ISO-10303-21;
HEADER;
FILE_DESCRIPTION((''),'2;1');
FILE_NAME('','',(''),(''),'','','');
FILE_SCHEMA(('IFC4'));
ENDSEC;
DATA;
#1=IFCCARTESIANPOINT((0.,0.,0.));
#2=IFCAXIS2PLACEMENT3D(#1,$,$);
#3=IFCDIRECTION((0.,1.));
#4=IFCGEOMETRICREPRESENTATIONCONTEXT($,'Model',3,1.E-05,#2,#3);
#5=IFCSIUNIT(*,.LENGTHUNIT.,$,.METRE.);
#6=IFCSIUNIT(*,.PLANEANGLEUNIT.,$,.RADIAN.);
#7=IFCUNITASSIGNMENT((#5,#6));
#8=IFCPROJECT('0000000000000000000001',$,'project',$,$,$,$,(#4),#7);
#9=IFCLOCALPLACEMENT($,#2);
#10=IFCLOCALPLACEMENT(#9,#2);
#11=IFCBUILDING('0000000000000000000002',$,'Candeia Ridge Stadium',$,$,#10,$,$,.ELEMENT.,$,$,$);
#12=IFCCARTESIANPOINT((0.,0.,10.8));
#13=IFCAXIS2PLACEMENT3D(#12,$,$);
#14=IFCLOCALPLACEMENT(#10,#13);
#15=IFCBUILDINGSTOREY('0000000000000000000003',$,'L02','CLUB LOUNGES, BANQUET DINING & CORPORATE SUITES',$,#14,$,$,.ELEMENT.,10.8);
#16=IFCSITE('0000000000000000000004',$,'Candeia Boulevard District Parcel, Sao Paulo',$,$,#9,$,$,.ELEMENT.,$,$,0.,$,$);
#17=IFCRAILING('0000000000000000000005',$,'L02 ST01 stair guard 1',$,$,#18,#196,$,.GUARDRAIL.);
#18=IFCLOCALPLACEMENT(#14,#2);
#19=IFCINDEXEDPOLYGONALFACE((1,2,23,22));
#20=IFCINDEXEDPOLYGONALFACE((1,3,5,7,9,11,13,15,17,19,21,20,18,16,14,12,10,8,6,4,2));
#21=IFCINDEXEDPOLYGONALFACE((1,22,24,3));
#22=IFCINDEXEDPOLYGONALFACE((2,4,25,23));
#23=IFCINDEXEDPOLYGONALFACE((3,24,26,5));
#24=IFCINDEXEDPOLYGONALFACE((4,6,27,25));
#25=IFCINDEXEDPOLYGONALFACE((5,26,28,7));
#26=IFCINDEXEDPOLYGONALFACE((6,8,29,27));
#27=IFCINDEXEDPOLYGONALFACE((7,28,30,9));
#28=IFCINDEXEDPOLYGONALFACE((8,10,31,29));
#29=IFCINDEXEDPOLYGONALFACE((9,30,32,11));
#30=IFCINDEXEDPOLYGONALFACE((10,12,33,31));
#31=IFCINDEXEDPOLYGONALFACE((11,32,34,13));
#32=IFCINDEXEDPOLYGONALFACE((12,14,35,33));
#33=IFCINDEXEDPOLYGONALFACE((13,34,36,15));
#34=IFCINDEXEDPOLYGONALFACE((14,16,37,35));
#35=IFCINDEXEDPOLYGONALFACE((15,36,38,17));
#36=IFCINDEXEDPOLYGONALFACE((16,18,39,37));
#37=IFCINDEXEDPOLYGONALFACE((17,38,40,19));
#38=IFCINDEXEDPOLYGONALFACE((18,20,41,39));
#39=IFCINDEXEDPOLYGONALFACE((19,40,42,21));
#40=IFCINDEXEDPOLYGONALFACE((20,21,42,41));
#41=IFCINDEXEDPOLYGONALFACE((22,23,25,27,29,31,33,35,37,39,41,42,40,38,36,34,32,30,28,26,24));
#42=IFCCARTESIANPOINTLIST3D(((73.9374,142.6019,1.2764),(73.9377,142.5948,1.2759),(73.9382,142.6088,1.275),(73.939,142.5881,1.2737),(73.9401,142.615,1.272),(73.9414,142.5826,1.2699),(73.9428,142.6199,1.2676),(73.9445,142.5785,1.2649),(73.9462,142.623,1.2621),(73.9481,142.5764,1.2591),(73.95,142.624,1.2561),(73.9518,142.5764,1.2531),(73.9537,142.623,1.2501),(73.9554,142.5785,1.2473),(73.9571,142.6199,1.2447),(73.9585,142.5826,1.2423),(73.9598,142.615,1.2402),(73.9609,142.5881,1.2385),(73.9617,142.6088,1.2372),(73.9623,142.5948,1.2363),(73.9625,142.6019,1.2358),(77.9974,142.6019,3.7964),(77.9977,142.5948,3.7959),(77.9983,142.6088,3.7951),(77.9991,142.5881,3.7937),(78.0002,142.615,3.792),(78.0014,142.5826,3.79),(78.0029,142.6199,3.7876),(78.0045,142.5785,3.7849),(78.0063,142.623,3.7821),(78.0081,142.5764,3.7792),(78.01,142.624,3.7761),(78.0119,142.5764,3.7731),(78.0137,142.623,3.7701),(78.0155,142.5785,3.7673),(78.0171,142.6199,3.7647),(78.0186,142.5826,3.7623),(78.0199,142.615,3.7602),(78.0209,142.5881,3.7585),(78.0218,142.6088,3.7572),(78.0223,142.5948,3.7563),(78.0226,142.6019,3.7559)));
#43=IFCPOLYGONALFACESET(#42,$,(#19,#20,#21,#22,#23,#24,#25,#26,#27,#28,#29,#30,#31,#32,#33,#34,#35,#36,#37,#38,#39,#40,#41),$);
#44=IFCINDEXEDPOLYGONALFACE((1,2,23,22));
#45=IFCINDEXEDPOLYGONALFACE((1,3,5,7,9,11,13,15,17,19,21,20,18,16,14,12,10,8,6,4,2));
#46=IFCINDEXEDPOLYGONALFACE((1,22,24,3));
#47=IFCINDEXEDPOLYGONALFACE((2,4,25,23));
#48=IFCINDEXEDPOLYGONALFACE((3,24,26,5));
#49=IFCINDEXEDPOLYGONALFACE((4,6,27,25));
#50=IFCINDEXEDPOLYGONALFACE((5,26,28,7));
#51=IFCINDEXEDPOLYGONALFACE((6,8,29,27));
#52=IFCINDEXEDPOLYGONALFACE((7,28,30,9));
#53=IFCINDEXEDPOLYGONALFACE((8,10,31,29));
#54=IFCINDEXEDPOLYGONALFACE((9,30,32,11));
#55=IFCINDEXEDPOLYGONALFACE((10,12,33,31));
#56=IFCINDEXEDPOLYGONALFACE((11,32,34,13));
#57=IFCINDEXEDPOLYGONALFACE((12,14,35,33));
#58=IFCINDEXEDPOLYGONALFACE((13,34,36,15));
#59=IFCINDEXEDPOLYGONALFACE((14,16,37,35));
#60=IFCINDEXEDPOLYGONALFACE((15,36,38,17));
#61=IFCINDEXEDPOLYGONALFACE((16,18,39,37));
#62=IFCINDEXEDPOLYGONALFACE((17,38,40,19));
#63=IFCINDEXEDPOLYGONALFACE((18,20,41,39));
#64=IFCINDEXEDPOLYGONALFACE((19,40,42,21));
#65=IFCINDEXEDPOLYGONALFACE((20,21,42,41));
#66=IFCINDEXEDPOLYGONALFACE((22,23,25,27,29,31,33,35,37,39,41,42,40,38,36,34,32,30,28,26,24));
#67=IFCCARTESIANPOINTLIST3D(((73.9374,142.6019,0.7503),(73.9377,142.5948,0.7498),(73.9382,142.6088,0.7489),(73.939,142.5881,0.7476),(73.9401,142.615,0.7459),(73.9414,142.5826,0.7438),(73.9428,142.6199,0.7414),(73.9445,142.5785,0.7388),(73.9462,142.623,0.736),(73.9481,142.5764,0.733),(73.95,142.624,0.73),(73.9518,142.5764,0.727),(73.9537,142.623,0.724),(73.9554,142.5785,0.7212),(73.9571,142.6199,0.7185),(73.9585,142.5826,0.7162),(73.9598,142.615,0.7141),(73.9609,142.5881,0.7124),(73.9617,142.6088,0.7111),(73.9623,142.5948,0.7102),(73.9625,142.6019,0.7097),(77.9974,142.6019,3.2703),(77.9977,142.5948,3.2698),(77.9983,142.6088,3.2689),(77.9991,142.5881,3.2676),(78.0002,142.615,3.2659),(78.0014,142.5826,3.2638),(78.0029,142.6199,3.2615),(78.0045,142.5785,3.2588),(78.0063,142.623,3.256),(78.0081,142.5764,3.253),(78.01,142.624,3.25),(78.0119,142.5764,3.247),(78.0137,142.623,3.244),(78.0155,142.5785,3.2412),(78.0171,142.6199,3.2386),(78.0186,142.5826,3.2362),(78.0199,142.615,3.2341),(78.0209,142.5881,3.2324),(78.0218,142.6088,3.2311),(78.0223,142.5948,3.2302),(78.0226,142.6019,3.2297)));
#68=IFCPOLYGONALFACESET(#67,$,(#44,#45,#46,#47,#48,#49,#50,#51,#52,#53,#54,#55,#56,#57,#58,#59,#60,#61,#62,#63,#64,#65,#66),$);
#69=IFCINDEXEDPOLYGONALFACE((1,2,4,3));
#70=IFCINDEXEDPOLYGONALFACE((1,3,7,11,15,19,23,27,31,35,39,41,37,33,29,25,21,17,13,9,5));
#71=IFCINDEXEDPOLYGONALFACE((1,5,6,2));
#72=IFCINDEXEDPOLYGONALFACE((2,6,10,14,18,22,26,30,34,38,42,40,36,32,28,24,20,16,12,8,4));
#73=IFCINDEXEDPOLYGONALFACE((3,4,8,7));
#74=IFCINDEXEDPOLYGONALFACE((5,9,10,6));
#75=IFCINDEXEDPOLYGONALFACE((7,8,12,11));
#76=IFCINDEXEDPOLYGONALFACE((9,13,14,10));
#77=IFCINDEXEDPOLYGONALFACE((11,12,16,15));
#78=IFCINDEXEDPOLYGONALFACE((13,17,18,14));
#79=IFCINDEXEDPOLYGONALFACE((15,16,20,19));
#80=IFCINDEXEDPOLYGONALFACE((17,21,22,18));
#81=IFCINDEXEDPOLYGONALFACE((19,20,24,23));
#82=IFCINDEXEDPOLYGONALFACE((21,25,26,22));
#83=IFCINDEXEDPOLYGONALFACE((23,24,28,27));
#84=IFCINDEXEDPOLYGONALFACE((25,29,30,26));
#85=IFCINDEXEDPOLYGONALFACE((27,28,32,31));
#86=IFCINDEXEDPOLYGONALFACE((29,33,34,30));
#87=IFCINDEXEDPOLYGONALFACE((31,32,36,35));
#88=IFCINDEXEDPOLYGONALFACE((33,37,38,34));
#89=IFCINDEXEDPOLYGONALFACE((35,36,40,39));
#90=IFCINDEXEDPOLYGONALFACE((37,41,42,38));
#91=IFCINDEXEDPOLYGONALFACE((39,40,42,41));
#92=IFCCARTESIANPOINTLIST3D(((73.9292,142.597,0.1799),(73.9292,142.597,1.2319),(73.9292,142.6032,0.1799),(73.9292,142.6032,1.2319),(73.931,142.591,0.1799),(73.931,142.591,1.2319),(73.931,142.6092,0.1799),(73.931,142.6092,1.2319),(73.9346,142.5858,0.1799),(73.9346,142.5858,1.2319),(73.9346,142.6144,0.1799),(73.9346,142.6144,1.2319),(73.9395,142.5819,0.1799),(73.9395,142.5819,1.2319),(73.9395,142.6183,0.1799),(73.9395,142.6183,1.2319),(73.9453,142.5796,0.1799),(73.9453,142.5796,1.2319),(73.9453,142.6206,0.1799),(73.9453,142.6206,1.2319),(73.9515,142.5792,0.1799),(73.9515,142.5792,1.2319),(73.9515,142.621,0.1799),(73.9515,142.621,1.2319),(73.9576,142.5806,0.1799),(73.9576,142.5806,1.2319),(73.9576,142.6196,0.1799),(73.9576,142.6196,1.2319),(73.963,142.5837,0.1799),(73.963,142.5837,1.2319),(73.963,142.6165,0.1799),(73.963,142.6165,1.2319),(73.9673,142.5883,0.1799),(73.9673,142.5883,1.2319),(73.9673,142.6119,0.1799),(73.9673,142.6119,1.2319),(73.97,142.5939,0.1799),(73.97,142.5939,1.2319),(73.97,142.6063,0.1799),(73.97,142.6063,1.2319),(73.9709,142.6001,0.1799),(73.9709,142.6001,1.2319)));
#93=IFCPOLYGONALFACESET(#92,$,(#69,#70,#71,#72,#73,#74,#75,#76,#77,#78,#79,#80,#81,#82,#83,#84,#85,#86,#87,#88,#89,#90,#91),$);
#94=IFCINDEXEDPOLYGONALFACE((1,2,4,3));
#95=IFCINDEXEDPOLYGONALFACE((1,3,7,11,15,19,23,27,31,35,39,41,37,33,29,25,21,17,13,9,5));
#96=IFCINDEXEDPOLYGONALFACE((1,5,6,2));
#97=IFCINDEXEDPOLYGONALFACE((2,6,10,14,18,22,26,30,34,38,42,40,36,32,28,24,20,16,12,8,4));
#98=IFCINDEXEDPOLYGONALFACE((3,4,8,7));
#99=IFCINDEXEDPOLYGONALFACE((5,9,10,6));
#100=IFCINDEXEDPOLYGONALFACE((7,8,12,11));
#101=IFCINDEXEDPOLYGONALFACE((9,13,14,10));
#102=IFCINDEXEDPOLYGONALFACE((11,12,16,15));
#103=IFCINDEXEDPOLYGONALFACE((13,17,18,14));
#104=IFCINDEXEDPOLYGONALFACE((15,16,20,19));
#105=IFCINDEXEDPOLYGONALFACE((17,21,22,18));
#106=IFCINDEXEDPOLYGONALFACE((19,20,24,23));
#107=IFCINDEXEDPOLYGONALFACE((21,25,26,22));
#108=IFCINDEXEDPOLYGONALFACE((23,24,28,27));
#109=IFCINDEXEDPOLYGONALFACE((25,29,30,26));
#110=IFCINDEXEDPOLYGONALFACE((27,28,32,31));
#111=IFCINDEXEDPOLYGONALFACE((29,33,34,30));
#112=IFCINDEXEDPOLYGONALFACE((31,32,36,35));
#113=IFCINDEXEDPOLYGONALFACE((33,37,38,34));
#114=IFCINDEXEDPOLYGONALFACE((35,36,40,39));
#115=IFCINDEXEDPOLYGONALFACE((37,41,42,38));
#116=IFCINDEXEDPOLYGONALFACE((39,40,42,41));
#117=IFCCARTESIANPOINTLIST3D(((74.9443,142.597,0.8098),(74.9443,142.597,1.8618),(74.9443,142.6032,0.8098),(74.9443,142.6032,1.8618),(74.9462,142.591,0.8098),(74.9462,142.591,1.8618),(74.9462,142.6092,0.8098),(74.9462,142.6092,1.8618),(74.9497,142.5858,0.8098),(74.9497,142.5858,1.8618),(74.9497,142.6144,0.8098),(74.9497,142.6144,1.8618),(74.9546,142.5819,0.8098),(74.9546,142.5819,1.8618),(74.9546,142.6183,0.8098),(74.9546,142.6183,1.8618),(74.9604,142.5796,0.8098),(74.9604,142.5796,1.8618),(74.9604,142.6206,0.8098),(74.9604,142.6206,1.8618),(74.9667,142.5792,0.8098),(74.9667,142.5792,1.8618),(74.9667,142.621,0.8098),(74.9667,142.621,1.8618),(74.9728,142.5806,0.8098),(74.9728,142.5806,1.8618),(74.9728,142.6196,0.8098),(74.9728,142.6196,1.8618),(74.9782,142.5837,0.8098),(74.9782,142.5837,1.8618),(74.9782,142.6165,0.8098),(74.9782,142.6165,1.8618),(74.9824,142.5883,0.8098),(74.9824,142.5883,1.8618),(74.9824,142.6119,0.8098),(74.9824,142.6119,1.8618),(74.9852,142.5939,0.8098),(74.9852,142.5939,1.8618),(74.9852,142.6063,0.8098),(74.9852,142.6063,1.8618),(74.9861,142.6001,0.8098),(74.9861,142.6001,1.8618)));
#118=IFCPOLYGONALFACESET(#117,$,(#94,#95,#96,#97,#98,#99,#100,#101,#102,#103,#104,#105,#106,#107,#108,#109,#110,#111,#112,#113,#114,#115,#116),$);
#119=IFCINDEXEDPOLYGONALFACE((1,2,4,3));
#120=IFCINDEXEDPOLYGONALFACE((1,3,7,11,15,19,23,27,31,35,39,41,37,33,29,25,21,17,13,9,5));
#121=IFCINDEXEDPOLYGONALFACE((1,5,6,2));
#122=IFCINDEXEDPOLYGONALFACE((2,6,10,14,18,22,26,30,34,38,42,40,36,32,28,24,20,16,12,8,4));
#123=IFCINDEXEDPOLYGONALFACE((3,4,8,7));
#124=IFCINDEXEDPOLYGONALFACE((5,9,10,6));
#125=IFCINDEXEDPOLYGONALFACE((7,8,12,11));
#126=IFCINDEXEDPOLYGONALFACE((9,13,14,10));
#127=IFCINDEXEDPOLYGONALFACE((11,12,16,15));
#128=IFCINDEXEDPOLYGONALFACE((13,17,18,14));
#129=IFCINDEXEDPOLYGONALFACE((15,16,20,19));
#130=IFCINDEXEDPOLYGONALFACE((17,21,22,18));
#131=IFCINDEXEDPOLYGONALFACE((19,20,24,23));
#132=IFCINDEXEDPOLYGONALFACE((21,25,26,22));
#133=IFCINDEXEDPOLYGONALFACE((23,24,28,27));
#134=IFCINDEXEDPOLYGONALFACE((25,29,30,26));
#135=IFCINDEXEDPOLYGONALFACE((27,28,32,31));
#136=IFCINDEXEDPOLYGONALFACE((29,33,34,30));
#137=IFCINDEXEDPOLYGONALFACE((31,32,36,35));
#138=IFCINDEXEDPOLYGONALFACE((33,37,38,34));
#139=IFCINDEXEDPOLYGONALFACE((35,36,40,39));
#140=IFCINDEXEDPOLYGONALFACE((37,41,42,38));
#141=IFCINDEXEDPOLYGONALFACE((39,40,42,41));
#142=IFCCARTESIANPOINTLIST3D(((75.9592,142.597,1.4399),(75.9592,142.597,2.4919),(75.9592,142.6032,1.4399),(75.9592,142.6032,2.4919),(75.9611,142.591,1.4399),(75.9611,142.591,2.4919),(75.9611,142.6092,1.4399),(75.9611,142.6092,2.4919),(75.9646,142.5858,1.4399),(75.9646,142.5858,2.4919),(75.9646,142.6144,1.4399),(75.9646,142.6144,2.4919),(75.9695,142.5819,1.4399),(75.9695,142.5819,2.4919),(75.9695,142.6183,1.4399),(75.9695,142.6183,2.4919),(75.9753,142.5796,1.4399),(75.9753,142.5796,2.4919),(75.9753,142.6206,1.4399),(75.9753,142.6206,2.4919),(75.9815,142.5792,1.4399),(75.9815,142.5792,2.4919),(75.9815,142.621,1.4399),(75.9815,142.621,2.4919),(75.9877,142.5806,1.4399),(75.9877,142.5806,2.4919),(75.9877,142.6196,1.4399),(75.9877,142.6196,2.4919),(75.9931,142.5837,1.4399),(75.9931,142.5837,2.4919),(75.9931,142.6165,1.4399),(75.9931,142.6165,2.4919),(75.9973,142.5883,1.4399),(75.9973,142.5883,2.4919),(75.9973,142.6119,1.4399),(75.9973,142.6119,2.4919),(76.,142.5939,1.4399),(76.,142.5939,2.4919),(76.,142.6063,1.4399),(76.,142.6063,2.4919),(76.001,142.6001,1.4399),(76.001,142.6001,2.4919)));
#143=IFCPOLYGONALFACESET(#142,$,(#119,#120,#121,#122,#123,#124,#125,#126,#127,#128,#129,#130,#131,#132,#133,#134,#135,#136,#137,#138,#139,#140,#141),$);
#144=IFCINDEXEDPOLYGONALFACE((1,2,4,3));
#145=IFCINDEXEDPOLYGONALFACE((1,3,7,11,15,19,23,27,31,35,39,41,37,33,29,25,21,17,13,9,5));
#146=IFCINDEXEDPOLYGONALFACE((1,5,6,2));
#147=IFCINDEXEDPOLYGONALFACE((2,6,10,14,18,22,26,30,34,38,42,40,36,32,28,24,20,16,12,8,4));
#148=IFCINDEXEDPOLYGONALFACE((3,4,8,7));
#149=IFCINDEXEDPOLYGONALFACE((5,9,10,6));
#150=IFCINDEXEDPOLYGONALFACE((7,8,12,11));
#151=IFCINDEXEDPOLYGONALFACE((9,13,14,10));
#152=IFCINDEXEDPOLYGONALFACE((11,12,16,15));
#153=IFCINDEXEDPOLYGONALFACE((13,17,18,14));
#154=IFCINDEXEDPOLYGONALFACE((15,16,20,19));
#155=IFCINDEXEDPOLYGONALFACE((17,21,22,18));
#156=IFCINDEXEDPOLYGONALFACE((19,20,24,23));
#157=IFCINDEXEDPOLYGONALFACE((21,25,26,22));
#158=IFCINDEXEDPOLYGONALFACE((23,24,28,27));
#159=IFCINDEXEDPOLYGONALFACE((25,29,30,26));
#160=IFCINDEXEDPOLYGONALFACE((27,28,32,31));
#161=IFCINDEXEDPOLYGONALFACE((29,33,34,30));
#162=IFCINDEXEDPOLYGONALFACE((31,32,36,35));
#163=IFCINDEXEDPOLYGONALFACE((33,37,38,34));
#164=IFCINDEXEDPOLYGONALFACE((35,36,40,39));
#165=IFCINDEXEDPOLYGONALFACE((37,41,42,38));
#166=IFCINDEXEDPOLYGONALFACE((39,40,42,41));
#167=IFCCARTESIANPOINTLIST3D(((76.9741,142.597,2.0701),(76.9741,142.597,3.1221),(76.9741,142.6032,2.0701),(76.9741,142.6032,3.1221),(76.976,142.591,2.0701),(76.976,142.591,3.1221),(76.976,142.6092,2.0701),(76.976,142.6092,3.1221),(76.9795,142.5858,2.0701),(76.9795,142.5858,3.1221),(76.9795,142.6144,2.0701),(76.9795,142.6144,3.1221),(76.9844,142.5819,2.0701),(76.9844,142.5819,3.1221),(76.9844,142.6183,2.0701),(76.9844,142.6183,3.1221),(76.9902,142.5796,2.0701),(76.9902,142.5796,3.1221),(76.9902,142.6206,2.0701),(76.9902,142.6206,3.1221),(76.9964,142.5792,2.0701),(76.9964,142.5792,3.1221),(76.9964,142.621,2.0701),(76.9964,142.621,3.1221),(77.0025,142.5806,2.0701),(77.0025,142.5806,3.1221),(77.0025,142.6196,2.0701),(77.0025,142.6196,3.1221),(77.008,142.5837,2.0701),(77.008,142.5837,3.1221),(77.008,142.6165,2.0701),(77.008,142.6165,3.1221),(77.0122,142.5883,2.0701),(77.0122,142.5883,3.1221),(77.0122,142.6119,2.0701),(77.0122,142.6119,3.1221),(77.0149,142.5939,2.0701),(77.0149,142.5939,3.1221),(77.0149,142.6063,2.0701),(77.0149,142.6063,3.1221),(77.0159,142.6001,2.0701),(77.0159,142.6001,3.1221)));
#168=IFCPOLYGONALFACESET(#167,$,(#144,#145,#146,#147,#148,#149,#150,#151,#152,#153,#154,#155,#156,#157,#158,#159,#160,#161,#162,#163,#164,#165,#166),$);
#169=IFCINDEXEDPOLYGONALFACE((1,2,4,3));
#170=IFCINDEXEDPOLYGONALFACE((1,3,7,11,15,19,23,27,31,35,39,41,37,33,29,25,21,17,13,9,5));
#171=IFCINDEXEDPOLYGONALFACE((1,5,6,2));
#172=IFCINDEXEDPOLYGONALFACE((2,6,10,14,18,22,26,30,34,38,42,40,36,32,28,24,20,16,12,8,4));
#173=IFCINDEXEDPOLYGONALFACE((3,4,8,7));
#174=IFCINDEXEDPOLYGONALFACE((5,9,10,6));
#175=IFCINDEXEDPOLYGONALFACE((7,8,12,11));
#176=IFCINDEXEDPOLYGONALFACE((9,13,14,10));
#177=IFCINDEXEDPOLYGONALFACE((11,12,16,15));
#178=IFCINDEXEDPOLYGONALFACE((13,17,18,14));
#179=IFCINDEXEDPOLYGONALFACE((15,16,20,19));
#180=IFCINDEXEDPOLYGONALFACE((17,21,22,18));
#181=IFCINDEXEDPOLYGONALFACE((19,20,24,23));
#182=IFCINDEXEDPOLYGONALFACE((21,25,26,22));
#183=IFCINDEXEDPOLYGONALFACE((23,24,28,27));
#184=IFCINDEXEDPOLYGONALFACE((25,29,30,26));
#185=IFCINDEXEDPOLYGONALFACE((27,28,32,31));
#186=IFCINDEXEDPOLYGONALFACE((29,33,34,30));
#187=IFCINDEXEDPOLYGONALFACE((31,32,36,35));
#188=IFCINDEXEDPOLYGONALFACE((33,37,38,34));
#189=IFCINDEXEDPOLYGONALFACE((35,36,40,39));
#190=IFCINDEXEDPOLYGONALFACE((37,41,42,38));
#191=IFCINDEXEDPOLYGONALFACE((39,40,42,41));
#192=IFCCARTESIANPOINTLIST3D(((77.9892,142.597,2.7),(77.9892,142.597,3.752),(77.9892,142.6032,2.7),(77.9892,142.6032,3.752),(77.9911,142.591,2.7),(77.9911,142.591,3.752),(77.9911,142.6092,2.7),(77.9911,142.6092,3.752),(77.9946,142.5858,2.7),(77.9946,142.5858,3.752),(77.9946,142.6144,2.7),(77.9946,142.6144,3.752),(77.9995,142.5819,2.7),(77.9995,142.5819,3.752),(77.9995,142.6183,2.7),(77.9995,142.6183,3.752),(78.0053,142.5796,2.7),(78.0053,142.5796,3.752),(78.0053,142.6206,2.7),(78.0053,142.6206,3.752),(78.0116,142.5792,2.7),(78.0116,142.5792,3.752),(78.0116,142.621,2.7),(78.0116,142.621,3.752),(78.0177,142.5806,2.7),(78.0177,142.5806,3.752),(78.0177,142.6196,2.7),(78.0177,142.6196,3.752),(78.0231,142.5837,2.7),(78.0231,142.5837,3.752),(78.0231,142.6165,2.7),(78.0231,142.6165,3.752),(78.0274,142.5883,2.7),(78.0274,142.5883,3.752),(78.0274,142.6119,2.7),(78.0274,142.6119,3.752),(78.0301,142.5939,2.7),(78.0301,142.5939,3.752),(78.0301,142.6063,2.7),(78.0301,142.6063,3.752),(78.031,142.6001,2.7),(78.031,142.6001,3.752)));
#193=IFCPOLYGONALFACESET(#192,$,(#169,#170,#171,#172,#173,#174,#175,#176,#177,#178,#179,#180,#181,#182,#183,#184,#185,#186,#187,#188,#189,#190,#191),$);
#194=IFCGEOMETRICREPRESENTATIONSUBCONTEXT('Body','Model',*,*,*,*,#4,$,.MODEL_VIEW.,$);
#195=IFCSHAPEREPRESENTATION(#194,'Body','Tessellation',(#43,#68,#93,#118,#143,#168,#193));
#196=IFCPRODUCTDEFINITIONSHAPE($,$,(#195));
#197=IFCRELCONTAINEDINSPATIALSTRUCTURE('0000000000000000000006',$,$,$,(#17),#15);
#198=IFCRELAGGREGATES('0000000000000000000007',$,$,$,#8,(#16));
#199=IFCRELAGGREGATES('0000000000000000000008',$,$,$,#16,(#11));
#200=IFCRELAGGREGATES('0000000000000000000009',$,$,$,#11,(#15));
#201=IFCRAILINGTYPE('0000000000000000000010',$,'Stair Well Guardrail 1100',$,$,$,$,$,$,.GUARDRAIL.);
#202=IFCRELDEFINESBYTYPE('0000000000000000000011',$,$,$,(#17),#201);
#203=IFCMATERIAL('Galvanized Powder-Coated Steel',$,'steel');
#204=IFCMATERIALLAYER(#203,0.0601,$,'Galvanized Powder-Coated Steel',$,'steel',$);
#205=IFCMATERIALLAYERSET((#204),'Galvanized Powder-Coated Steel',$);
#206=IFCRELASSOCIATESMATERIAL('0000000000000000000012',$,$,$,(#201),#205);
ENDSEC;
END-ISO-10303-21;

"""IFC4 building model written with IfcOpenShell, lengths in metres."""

from ifc_helpers import new_model, si_unit, direction, frame, origin, origin_2d, place, context, subcontext, project, spatial, circle, extrude, material, layer, layer_set, type_object, element, save


model = new_model("IFC4")

# Units and contexts
model_context = context("Model", 3, precision=1e-05, world=origin(), true_north=direction((0.0, 1.0)))
body_context = subcontext(model_context, "Body", "Model", "MODEL_VIEW")
ifc_project = project(units=[si_unit("LENGTHUNIT", "METRE"), si_unit("PLANEANGLEUNIT", "RADIAN")], contexts=[model_context])

# Site, building, storey
site_placement = place(None, origin())
site = spatial("IfcSite", under=ifc_project, at=site_placement, Name="Candeia Boulevard District Parcel, Sao Paulo", CompositionType="ELEMENT", RefElevation=0.0)
building_placement = place(site_placement, origin())
building = spatial("IfcBuilding", under=site, at=building_placement, Name="Candeia Ridge Stadium", CompositionType="ELEMENT")
storey_placement = place(building_placement, frame((0.0, 0.0, 10.8)))
storey = spatial("IfcBuildingStorey", under=building, at=storey_placement, Name="L02", Description="CLUB LOUNGES, BANQUET DINING & CORPORATE SUITES", CompositionType="ELEMENT", Elevation=10.8)

# Railing
ifc_material_1 = material(Name="Galvanized Powder-Coated Steel", Category="steel")
ifc_layer_1 = layer(ifc_material_1, 0.0601, Name="Galvanized Powder-Coated Steel", Category="steel")
ifc_layer_set_1 = layer_set([ifc_layer_1], Name="Galvanized Powder-Coated Steel")
railing_type_1 = type_object("IfcRailingType", Name="Stair Well Guardrail 1100", PredefinedType="GUARDRAIL", material=ifc_layer_set_1)
railing_1_placement = place(storey_placement, frame((73.95, 142.6001, 0.1799)))
element("IfcRailing", 1, at=railing_1_placement, inside=storey, type_object=railing_type_1, Name="L02 ST01 stair guard 1", PredefinedType="GUARDRAIL", context=body_context, shape_type="SweptSolid", body=[
    extrude(circle(Radius=0.0239, at=origin_2d()), frame((0.0, 0.0, 1.0762), z_axis=(0.849642, 0.0, 0.52736), x_axis=(0.0, 1.0, 0.0)), (0.0, 0.0, 1.0), 4.7786),
    extrude(circle(Radius=0.0239, at=origin_2d()), frame((0.0, 0.0, 0.55), z_axis=(0.849642, 0.0, 0.52736), x_axis=(0.0, 1.0, 0.0)), (0.0, 0.0, 1.0), 4.7786),
    extrude(circle(Radius=0.021, at=origin_2d()), origin(), (0.0, 0.0, 1.0), 1.052),
    extrude(circle(Radius=0.021, at=origin_2d()), frame((1.0151, 0.0, 0.6299)), (0.0, 0.0, 1.0), 1.052),
    extrude(circle(Radius=0.021, at=origin_2d()), frame((2.03, 0.0, 1.26)), (0.0, 0.0, 1.0), 1.052),
    extrude(circle(Radius=0.021, at=origin_2d()), frame((3.0449, 0.0, 1.8901)), (0.0, 0.0, 1.0), 1.052),
    extrude(circle(Radius=0.021, at=origin_2d()), frame((4.0601, 0.0, 2.52)), (0.0, 0.0, 1.0), 1.052),
])

save(model, "model.ifc")
